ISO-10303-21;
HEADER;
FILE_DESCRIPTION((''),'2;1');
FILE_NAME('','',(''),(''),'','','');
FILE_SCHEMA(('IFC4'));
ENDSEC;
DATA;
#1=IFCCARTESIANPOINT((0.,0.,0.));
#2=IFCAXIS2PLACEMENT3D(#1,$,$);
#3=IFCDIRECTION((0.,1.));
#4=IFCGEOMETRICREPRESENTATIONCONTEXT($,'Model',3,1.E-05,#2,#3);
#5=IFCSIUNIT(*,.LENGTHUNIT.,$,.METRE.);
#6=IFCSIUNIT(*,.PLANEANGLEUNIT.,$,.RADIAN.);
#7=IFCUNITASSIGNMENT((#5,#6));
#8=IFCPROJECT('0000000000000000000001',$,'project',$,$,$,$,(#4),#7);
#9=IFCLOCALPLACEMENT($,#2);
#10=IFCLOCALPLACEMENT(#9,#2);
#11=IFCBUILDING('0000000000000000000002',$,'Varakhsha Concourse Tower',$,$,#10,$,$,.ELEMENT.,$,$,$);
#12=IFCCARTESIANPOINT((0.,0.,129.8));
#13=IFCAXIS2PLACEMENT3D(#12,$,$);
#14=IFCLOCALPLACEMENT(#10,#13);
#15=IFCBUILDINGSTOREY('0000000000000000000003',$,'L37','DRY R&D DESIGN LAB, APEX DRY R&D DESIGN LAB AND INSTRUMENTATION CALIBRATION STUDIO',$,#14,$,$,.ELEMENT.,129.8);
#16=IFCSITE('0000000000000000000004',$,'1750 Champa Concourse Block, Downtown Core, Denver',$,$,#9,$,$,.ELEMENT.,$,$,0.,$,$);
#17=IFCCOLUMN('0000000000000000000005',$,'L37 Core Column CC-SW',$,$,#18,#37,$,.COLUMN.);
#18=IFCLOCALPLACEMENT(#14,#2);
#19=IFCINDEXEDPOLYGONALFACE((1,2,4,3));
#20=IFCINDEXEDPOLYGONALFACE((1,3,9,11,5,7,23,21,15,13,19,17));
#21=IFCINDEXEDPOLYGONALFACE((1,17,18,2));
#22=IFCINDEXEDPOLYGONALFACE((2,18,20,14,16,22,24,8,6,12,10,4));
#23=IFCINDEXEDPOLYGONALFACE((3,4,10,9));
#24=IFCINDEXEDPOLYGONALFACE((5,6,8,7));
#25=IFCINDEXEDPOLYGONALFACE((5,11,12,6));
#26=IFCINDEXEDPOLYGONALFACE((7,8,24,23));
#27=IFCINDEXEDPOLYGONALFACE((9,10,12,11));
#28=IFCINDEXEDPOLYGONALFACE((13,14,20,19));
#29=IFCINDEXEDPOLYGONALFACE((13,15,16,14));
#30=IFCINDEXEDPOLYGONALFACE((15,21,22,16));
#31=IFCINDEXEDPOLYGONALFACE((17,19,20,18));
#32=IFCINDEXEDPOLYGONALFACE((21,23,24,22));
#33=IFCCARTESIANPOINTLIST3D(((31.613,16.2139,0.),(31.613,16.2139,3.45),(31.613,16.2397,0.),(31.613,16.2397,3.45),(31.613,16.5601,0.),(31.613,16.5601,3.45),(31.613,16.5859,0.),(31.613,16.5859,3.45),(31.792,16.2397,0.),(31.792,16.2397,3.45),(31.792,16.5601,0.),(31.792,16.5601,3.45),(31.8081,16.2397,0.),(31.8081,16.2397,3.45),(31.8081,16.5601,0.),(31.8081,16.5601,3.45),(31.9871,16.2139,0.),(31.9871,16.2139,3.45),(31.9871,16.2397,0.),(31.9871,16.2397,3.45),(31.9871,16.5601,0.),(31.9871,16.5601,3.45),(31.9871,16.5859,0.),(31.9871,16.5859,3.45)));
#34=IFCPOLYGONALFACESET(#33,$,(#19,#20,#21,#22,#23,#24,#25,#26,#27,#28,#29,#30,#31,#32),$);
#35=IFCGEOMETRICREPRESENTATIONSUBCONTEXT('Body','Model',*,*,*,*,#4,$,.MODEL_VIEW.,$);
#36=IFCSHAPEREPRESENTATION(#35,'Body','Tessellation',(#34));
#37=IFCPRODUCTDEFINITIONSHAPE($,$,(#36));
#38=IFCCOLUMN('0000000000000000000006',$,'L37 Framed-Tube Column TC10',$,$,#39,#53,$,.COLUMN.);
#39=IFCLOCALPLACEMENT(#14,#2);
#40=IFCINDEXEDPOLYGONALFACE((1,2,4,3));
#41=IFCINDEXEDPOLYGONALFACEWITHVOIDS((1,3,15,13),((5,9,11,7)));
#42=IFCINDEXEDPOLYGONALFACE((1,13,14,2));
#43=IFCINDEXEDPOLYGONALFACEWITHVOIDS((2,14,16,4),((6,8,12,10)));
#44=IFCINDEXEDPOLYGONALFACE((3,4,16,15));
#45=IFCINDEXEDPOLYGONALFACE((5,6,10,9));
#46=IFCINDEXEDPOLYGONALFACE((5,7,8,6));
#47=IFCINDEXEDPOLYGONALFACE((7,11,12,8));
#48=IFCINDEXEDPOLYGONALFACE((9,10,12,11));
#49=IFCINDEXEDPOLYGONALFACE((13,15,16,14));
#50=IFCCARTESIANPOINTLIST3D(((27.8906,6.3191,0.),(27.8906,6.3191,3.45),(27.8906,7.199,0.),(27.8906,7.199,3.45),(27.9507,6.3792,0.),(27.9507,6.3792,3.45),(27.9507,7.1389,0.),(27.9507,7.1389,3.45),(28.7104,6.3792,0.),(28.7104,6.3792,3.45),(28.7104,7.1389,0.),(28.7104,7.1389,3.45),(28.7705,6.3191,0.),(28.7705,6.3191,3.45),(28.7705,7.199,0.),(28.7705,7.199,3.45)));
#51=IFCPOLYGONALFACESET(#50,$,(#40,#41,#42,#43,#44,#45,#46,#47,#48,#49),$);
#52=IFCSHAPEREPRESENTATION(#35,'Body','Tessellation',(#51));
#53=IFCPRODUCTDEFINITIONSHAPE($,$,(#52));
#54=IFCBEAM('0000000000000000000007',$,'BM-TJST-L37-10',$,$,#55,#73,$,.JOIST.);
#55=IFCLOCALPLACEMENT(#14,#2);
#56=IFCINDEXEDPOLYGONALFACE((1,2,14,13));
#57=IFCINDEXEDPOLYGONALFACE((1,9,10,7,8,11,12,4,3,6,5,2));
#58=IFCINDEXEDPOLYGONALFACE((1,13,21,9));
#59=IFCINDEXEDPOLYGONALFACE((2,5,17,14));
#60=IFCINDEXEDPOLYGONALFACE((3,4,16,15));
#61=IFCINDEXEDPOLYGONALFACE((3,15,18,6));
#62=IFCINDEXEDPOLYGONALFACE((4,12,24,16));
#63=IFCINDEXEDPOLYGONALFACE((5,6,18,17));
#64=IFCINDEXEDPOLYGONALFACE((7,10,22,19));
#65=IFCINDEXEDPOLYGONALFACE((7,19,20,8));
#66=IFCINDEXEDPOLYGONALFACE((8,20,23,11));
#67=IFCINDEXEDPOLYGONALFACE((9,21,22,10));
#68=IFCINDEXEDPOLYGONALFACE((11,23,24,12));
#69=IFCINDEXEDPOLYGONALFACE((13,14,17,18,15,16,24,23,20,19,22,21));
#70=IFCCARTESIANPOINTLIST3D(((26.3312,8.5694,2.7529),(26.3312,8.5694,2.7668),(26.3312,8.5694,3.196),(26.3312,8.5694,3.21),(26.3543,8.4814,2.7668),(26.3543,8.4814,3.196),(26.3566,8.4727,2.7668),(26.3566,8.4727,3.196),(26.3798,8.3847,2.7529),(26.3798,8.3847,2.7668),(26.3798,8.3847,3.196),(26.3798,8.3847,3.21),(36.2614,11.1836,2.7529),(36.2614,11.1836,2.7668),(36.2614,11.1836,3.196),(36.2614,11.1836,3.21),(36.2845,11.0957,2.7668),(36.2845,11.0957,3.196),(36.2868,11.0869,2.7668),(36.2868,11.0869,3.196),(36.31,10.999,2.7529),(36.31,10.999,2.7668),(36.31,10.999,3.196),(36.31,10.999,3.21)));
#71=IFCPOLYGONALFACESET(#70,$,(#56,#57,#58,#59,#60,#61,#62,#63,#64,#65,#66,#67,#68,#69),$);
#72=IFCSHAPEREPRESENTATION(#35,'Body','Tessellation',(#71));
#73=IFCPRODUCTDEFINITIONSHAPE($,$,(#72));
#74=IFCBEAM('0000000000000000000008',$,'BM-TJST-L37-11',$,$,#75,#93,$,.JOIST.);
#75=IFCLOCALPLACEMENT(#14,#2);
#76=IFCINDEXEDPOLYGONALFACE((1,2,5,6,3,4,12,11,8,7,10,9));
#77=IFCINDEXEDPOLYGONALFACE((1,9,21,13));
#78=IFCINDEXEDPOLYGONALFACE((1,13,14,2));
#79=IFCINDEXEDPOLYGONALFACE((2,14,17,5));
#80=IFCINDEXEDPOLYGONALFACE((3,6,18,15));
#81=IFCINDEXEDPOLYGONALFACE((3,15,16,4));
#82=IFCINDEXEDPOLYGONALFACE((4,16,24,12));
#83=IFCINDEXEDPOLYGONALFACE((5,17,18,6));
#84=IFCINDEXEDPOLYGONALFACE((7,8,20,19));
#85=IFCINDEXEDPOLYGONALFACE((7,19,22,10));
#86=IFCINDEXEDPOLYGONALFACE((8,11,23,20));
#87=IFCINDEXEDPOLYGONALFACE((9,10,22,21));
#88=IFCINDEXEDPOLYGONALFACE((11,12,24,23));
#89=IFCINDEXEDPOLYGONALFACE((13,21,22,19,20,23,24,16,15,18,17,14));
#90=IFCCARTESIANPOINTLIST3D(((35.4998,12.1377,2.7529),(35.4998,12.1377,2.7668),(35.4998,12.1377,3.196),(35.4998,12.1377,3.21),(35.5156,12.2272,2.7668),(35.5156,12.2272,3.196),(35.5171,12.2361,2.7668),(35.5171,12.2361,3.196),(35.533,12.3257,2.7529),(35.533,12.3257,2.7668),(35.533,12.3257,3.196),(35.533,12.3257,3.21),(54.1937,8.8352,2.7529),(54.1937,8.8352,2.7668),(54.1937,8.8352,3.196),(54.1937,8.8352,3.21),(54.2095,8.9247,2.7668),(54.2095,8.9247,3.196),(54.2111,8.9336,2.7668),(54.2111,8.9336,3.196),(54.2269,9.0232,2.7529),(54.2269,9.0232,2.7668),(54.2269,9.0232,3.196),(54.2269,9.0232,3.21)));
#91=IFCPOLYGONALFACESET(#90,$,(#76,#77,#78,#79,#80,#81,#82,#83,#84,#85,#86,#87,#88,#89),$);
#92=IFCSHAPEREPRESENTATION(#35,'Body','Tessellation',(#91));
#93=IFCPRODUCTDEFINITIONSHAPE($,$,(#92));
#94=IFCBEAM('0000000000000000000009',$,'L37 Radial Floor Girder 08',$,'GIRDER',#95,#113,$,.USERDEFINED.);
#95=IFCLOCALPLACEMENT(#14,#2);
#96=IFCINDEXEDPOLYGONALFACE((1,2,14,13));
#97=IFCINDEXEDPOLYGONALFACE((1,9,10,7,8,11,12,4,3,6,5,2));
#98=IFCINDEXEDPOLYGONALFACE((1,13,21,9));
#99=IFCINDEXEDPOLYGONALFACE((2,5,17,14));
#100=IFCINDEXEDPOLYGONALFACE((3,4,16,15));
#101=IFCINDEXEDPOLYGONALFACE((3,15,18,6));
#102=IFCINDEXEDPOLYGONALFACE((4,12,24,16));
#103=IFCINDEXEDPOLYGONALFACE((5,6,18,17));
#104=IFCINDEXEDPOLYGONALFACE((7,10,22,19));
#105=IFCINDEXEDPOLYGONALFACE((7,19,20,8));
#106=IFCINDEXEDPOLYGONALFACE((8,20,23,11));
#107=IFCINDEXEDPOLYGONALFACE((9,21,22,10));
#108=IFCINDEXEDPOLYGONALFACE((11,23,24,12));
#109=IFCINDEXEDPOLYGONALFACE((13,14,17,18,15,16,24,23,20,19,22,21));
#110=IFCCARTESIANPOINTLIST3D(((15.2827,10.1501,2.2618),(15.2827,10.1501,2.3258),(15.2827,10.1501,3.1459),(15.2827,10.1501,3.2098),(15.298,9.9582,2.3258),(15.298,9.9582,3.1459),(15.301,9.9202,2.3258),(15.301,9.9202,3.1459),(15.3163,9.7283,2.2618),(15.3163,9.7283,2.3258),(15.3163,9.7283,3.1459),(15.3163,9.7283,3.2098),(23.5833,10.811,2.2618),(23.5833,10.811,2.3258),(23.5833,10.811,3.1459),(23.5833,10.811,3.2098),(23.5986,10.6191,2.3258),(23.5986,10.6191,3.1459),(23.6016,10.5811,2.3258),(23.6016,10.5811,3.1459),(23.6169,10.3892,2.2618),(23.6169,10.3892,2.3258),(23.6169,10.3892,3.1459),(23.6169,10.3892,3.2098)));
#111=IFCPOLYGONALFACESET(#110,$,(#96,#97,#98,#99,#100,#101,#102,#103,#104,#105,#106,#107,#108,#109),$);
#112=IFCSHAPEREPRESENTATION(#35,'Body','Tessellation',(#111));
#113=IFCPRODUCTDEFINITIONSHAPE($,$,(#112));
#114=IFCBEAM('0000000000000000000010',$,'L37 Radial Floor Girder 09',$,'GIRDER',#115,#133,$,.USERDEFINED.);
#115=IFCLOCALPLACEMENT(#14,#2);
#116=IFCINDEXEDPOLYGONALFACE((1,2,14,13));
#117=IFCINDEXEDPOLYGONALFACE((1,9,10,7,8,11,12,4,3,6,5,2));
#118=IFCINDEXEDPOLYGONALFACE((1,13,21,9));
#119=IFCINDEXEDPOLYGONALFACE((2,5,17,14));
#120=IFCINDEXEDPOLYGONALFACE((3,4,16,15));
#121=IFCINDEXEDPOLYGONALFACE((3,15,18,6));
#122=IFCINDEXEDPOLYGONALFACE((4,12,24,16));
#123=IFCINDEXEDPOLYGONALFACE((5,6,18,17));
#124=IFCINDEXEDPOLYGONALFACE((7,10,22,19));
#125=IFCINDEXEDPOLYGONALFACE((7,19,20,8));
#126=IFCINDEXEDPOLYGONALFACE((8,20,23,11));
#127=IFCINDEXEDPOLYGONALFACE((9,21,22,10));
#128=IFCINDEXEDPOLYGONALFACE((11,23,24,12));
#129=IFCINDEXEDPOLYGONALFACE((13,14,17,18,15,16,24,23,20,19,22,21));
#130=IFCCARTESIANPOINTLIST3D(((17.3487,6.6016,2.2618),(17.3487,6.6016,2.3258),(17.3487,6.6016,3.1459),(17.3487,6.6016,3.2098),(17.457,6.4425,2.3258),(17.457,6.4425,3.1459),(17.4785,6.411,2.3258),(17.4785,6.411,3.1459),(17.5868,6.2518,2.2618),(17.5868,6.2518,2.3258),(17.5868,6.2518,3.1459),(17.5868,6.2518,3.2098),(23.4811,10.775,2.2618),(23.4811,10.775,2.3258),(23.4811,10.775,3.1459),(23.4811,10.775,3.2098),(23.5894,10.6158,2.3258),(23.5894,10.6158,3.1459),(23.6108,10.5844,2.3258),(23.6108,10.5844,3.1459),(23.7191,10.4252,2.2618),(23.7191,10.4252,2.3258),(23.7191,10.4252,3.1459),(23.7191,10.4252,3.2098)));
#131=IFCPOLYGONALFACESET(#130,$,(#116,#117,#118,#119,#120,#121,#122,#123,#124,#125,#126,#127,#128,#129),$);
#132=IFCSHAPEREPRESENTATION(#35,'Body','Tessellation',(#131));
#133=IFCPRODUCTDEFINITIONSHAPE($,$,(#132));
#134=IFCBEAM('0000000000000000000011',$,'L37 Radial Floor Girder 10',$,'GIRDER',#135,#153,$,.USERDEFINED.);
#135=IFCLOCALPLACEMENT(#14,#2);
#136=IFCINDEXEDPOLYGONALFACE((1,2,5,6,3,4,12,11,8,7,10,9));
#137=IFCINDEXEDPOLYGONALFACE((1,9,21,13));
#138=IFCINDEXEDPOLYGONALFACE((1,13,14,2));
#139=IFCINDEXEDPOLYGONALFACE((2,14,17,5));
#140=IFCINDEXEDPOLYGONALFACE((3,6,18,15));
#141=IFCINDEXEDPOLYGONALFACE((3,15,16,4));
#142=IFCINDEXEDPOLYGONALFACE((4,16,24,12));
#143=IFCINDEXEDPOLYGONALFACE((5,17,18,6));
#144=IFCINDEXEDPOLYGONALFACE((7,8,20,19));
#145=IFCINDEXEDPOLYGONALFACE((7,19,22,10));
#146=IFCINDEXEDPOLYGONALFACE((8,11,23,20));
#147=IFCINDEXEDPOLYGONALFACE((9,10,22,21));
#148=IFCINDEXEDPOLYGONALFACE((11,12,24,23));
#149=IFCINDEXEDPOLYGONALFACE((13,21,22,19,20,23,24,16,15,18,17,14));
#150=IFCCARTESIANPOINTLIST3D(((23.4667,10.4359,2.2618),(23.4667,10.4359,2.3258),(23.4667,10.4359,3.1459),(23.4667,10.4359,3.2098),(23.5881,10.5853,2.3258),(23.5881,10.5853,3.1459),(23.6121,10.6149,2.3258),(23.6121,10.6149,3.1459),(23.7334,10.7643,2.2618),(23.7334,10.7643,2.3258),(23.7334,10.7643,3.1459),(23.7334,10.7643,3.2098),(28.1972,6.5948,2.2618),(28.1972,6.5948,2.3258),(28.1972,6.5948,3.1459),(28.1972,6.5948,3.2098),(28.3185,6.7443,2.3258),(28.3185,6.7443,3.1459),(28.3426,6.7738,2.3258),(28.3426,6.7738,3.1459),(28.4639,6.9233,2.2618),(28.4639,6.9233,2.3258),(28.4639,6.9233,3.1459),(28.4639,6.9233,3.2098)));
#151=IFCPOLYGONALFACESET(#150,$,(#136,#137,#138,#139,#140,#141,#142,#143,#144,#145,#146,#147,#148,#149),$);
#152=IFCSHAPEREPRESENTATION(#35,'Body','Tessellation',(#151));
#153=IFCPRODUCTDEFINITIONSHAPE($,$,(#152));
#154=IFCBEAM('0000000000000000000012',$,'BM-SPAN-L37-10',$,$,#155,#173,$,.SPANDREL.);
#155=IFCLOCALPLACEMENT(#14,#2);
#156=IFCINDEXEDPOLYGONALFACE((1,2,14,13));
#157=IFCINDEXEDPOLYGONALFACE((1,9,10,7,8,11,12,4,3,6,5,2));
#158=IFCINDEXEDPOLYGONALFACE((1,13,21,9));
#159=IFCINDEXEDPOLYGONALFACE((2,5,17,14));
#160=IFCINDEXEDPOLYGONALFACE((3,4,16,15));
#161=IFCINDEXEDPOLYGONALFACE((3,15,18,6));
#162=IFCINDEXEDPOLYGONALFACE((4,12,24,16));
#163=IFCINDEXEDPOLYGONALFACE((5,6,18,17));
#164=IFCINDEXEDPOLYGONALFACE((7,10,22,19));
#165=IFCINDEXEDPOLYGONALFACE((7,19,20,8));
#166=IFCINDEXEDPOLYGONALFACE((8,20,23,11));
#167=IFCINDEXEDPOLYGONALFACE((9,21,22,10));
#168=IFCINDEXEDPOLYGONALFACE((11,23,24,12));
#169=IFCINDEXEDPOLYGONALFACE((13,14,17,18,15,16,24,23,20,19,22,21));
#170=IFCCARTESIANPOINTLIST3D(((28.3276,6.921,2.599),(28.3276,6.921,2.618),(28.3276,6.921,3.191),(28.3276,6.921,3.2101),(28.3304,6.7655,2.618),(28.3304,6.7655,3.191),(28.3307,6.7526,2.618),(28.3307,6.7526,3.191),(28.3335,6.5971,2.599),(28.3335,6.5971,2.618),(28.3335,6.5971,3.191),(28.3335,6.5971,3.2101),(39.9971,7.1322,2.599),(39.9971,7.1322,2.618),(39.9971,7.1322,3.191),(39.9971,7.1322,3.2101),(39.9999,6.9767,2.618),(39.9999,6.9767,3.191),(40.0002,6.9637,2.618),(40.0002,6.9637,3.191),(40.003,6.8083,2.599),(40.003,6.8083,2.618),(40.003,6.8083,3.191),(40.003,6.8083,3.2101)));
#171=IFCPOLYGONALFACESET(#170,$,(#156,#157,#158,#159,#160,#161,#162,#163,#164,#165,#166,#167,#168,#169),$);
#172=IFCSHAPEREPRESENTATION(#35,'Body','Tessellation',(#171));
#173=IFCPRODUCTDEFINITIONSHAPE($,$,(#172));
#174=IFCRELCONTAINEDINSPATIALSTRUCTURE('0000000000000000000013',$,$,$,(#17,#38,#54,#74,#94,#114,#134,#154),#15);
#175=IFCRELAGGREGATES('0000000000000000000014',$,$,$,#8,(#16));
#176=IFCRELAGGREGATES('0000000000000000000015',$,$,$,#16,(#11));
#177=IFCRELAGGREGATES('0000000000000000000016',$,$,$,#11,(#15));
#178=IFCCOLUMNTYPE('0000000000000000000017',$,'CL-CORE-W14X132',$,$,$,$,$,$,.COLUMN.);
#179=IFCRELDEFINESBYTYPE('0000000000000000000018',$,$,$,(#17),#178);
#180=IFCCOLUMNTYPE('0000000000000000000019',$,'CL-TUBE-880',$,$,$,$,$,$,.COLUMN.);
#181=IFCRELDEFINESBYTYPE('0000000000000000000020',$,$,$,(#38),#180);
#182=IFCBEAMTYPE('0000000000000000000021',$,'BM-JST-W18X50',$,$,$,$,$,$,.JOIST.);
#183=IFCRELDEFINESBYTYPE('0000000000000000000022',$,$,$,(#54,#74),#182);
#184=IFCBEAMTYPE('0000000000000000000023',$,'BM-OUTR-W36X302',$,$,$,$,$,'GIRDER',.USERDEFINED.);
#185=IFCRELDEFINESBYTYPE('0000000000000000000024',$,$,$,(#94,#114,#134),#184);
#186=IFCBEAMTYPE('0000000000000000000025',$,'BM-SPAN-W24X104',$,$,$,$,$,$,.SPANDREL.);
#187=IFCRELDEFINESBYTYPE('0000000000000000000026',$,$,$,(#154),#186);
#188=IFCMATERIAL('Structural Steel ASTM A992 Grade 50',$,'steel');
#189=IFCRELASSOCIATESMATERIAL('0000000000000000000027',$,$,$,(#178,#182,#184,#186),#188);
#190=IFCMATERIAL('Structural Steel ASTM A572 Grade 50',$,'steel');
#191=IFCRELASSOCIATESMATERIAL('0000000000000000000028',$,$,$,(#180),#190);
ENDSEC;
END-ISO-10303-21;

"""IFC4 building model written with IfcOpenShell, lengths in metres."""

from ifc_helpers import new_model, si_unit, direction, frame, origin, origin_2d, place, context, subcontext, project, spatial, hollow_rectangle, i_section, extrude, material, material_profile, profile_set, type_object, element, save


model = new_model("IFC4")

# Units and contexts
model_context = context("Model", 3, precision=1e-05, world=origin(), true_north=direction((0.0, 1.0)))
body_context = subcontext(model_context, "Body", "Model", "MODEL_VIEW")
ifc_project = project(units=[si_unit("LENGTHUNIT", "METRE"), si_unit("PLANEANGLEUNIT", "RADIAN")], contexts=[model_context])

# Site, building, storey
site_placement = place(None, origin())
site = spatial("IfcSite", under=ifc_project, at=site_placement, Name="1750 Champa Concourse Block, Downtown Core, Denver", CompositionType="ELEMENT", RefElevation=0.0)
building_placement = place(site_placement, origin())
building = spatial("IfcBuilding", under=site, at=building_placement, Name="Varakhsha Concourse Tower", CompositionType="ELEMENT")
storey_placement = place(building_placement, frame((0.0, 0.0, 129.8)))
storey = spatial("IfcBuildingStorey", under=building, at=storey_placement, Name="L37", Description="DRY R&D DESIGN LAB, APEX DRY R&D DESIGN LAB AND INSTRUMENTATION CALIBRATION STUDIO", CompositionType="ELEMENT", Elevation=129.8)

# Columns
ifc_material_1 = material(Name="Structural Steel ASTM A992 Grade 50", Category="steel")
ifc_material_profile_1 = material_profile(ifc_material_1, i_section(OverallWidth=0.374, OverallDepth=0.3721, WebThickness=0.0161, FlangeThickness=0.0259, at=origin_2d()), Name="W14X132")
ifc_profile_set_1 = profile_set([ifc_material_profile_1], Name="Structural Steel ASTM A992 Grade 50")
column_type_1 = type_object("IfcColumnType", Name="CL-CORE-W14X132", PredefinedType="COLUMN", material=ifc_profile_set_1)
column_1_placement = place(storey_placement, frame((31.8, 16.3999, 0.0), z_axis=(0.0, 0.0, 1.0), x_axis=(1.0, 0.0, 0.0)))
element("IfcColumn", 1, at=column_1_placement, inside=storey, type_object=column_type_1, Name="L37 Core Column CC-SW", PredefinedType="COLUMN", context=body_context, shape_type="SweptSolid", body=[
    extrude(i_section(OverallWidth=0.374, OverallDepth=0.3721, WebThickness=0.0161, FlangeThickness=0.0259, at=origin_2d()), origin(), (0.0, 0.0, 1.0), 3.45),
])
ifc_material_2 = material(Name="Structural Steel ASTM A572 Grade 50", Category="steel")
ifc_material_profile_2 = material_profile(ifc_material_2, hollow_rectangle(XDim=0.8799, YDim=0.8799, WallThickness=0.0601, at=origin_2d()), Name="BOX 880x880x60")
ifc_profile_set_2 = profile_set([ifc_material_profile_2], Name="Structural Steel ASTM A572 Grade 50")
column_type_2 = type_object("IfcColumnType", Name="CL-TUBE-880", PredefinedType="COLUMN", material=ifc_profile_set_2)
column_2_placement = place(storey_placement, frame((28.3306, 6.759, 0.0), z_axis=(0.0, 0.0, 1.0), x_axis=(1.0, 0.0, 0.0)))
element("IfcColumn", 2, at=column_2_placement, inside=storey, type_object=column_type_2, Name="L37 Framed-Tube Column TC10", PredefinedType="COLUMN", context=body_context, shape_type="SweptSolid", body=[
    extrude(hollow_rectangle(XDim=0.8799, YDim=0.8799, WallThickness=0.0601, at=origin_2d()), origin(), (0.0, 0.0, 1.0), 3.45),
])

# Beams
ifc_material_profile_3 = material_profile(ifc_material_1, i_section(OverallWidth=0.1909, OverallDepth=0.457, WebThickness=0.009, FlangeThickness=0.0139, at=origin_2d()), Name="W18X50")
ifc_profile_set_3 = profile_set([ifc_material_profile_3], Name="Structural Steel ASTM A992 Grade 50")
beam_type_1 = type_object("IfcBeamType", Name="BM-JST-W18X50", PredefinedType="JOIST", material=ifc_profile_set_3)
beam_1_placement = place(storey_placement, frame((26.3555, 8.4771, 2.9814), z_axis=(0.967049, 0.254589, 0.0), x_axis=(-0.254589, 0.967049, 0.0)))
element("IfcBeam", 3, at=beam_1_placement, inside=storey, type_object=beam_type_1, Name="BM-TJST-L37-10", PredefinedType="JOIST", context=body_context, shape_type="SweptSolid", body=[
    extrude(i_section(OverallWidth=0.1909, OverallDepth=0.457, WebThickness=0.009, FlangeThickness=0.0139, at=origin_2d()), origin(), (0.0, 0.0, 1.0), 10.2686),
])
beam_2_placement = place(storey_placement, frame((35.5164, 12.2317, 2.9814), z_axis=(0.984751, -0.173968, 0.0), x_axis=(0.173968, 0.984751, 0.0)))
element("IfcBeam", 4, at=beam_2_placement, inside=storey, type_object=beam_type_1, Name="BM-TJST-L37-11", PredefinedType="JOIST", context=body_context, shape_type="SweptSolid", body=[
    extrude(i_section(OverallWidth=0.1909, OverallDepth=0.457, WebThickness=0.009, FlangeThickness=0.0139, at=origin_2d()), origin(), (0.0, 0.0, 1.0), 18.9834),
])
ifc_material_profile_4 = material_profile(ifc_material_1, i_section(OverallWidth=0.4231, OverallDepth=0.948, WebThickness=0.0381, FlangeThickness=0.064, at=origin_2d()), Name="W36X302")
ifc_profile_set_4 = profile_set([ifc_material_profile_4], Name="Structural Steel ASTM A992 Grade 50")
beam_type_2 = type_object("IfcBeamType", Name="BM-OUTR-W36X302", ElementType="GIRDER", PredefinedType="USERDEFINED", material=ifc_profile_set_4)
beam_3_placement = place(storey_placement, frame((23.6001, 10.6001, 2.7358), z_axis=(-0.996845, -0.079369, 0.0), x_axis=(0.079369, -0.996845, 0.0)))
element("IfcBeam", 5, at=beam_3_placement, inside=storey, type_object=beam_type_2, Name="L37 Radial Floor Girder 08", ObjectType="GIRDER", PredefinedType="USERDEFINED", context=body_context, shape_type="SweptSolid", body=[
    extrude(i_section(OverallWidth=0.4231, OverallDepth=0.948, WebThickness=0.0381, FlangeThickness=0.064, at=origin_2d()), origin(), (0.0, 0.0, 1.0), 8.3269),
])
beam_4_placement = place(storey_placement, frame((23.6001, 10.6001, 2.7358), z_axis=(-0.826716, -0.56262, 0.0), x_axis=(0.56262, -0.826716, 0.0)))
element("IfcBeam", 6, at=beam_4_placement, inside=storey, type_object=beam_type_2, Name="L37 Radial Floor Girder 09", ObjectType="GIRDER", PredefinedType="USERDEFINED", context=body_context, shape_type="SweptSolid", body=[
    extrude(i_section(OverallWidth=0.4231, OverallDepth=0.948, WebThickness=0.0381, FlangeThickness=0.064, at=origin_2d()), origin(), (0.0, 0.0, 1.0), 7.4177),
])
beam_5_placement = place(storey_placement, frame((23.6001, 10.6001, 2.7358), z_axis=(0.77631, -0.630351, 0.0), x_axis=(0.630351, 0.77631, 0.0)))
element("IfcBeam", 7, at=beam_5_placement, inside=storey, type_object=beam_type_2, Name="L37 Radial Floor Girder 10", ObjectType="GIRDER", PredefinedType="USERDEFINED", context=body_context, shape_type="SweptSolid", body=[
    extrude(i_section(OverallWidth=0.4231, OverallDepth=0.948, WebThickness=0.0381, FlangeThickness=0.064, at=origin_2d()), origin(), (0.0, 0.0, 1.0), 6.0935),
])
ifc_material_profile_5 = material_profile(ifc_material_1, i_section(OverallWidth=0.324, OverallDepth=0.6111, WebThickness=0.0129, FlangeThickness=0.019, at=origin_2d()), Name="W24X104")
ifc_profile_set_5 = profile_set([ifc_material_profile_5], Name="Structural Steel ASTM A992 Grade 50")
beam_type_3 = type_object("IfcBeamType", Name="BM-SPAN-W24X104", PredefinedType="SPANDREL", material=ifc_profile_set_5)
beam_6_placement = place(storey_placement, frame((28.3306, 6.759, 2.9045), z_axis=(0.999836, 0.018094, 0.0), x_axis=(-0.018094, 0.999836, 0.0)))
element("IfcBeam", 8, at=beam_6_placement, inside=storey, type_object=beam_type_3, Name="BM-SPAN-L37-10", PredefinedType="SPANDREL", context=body_context, shape_type="SweptSolid", body=[
    extrude(i_section(OverallWidth=0.324, OverallDepth=0.6111, WebThickness=0.0129, FlangeThickness=0.019, at=origin_2d()), origin(), (0.0, 0.0, 1.0), 11.6714),
])

save(model, "model.ifc")
